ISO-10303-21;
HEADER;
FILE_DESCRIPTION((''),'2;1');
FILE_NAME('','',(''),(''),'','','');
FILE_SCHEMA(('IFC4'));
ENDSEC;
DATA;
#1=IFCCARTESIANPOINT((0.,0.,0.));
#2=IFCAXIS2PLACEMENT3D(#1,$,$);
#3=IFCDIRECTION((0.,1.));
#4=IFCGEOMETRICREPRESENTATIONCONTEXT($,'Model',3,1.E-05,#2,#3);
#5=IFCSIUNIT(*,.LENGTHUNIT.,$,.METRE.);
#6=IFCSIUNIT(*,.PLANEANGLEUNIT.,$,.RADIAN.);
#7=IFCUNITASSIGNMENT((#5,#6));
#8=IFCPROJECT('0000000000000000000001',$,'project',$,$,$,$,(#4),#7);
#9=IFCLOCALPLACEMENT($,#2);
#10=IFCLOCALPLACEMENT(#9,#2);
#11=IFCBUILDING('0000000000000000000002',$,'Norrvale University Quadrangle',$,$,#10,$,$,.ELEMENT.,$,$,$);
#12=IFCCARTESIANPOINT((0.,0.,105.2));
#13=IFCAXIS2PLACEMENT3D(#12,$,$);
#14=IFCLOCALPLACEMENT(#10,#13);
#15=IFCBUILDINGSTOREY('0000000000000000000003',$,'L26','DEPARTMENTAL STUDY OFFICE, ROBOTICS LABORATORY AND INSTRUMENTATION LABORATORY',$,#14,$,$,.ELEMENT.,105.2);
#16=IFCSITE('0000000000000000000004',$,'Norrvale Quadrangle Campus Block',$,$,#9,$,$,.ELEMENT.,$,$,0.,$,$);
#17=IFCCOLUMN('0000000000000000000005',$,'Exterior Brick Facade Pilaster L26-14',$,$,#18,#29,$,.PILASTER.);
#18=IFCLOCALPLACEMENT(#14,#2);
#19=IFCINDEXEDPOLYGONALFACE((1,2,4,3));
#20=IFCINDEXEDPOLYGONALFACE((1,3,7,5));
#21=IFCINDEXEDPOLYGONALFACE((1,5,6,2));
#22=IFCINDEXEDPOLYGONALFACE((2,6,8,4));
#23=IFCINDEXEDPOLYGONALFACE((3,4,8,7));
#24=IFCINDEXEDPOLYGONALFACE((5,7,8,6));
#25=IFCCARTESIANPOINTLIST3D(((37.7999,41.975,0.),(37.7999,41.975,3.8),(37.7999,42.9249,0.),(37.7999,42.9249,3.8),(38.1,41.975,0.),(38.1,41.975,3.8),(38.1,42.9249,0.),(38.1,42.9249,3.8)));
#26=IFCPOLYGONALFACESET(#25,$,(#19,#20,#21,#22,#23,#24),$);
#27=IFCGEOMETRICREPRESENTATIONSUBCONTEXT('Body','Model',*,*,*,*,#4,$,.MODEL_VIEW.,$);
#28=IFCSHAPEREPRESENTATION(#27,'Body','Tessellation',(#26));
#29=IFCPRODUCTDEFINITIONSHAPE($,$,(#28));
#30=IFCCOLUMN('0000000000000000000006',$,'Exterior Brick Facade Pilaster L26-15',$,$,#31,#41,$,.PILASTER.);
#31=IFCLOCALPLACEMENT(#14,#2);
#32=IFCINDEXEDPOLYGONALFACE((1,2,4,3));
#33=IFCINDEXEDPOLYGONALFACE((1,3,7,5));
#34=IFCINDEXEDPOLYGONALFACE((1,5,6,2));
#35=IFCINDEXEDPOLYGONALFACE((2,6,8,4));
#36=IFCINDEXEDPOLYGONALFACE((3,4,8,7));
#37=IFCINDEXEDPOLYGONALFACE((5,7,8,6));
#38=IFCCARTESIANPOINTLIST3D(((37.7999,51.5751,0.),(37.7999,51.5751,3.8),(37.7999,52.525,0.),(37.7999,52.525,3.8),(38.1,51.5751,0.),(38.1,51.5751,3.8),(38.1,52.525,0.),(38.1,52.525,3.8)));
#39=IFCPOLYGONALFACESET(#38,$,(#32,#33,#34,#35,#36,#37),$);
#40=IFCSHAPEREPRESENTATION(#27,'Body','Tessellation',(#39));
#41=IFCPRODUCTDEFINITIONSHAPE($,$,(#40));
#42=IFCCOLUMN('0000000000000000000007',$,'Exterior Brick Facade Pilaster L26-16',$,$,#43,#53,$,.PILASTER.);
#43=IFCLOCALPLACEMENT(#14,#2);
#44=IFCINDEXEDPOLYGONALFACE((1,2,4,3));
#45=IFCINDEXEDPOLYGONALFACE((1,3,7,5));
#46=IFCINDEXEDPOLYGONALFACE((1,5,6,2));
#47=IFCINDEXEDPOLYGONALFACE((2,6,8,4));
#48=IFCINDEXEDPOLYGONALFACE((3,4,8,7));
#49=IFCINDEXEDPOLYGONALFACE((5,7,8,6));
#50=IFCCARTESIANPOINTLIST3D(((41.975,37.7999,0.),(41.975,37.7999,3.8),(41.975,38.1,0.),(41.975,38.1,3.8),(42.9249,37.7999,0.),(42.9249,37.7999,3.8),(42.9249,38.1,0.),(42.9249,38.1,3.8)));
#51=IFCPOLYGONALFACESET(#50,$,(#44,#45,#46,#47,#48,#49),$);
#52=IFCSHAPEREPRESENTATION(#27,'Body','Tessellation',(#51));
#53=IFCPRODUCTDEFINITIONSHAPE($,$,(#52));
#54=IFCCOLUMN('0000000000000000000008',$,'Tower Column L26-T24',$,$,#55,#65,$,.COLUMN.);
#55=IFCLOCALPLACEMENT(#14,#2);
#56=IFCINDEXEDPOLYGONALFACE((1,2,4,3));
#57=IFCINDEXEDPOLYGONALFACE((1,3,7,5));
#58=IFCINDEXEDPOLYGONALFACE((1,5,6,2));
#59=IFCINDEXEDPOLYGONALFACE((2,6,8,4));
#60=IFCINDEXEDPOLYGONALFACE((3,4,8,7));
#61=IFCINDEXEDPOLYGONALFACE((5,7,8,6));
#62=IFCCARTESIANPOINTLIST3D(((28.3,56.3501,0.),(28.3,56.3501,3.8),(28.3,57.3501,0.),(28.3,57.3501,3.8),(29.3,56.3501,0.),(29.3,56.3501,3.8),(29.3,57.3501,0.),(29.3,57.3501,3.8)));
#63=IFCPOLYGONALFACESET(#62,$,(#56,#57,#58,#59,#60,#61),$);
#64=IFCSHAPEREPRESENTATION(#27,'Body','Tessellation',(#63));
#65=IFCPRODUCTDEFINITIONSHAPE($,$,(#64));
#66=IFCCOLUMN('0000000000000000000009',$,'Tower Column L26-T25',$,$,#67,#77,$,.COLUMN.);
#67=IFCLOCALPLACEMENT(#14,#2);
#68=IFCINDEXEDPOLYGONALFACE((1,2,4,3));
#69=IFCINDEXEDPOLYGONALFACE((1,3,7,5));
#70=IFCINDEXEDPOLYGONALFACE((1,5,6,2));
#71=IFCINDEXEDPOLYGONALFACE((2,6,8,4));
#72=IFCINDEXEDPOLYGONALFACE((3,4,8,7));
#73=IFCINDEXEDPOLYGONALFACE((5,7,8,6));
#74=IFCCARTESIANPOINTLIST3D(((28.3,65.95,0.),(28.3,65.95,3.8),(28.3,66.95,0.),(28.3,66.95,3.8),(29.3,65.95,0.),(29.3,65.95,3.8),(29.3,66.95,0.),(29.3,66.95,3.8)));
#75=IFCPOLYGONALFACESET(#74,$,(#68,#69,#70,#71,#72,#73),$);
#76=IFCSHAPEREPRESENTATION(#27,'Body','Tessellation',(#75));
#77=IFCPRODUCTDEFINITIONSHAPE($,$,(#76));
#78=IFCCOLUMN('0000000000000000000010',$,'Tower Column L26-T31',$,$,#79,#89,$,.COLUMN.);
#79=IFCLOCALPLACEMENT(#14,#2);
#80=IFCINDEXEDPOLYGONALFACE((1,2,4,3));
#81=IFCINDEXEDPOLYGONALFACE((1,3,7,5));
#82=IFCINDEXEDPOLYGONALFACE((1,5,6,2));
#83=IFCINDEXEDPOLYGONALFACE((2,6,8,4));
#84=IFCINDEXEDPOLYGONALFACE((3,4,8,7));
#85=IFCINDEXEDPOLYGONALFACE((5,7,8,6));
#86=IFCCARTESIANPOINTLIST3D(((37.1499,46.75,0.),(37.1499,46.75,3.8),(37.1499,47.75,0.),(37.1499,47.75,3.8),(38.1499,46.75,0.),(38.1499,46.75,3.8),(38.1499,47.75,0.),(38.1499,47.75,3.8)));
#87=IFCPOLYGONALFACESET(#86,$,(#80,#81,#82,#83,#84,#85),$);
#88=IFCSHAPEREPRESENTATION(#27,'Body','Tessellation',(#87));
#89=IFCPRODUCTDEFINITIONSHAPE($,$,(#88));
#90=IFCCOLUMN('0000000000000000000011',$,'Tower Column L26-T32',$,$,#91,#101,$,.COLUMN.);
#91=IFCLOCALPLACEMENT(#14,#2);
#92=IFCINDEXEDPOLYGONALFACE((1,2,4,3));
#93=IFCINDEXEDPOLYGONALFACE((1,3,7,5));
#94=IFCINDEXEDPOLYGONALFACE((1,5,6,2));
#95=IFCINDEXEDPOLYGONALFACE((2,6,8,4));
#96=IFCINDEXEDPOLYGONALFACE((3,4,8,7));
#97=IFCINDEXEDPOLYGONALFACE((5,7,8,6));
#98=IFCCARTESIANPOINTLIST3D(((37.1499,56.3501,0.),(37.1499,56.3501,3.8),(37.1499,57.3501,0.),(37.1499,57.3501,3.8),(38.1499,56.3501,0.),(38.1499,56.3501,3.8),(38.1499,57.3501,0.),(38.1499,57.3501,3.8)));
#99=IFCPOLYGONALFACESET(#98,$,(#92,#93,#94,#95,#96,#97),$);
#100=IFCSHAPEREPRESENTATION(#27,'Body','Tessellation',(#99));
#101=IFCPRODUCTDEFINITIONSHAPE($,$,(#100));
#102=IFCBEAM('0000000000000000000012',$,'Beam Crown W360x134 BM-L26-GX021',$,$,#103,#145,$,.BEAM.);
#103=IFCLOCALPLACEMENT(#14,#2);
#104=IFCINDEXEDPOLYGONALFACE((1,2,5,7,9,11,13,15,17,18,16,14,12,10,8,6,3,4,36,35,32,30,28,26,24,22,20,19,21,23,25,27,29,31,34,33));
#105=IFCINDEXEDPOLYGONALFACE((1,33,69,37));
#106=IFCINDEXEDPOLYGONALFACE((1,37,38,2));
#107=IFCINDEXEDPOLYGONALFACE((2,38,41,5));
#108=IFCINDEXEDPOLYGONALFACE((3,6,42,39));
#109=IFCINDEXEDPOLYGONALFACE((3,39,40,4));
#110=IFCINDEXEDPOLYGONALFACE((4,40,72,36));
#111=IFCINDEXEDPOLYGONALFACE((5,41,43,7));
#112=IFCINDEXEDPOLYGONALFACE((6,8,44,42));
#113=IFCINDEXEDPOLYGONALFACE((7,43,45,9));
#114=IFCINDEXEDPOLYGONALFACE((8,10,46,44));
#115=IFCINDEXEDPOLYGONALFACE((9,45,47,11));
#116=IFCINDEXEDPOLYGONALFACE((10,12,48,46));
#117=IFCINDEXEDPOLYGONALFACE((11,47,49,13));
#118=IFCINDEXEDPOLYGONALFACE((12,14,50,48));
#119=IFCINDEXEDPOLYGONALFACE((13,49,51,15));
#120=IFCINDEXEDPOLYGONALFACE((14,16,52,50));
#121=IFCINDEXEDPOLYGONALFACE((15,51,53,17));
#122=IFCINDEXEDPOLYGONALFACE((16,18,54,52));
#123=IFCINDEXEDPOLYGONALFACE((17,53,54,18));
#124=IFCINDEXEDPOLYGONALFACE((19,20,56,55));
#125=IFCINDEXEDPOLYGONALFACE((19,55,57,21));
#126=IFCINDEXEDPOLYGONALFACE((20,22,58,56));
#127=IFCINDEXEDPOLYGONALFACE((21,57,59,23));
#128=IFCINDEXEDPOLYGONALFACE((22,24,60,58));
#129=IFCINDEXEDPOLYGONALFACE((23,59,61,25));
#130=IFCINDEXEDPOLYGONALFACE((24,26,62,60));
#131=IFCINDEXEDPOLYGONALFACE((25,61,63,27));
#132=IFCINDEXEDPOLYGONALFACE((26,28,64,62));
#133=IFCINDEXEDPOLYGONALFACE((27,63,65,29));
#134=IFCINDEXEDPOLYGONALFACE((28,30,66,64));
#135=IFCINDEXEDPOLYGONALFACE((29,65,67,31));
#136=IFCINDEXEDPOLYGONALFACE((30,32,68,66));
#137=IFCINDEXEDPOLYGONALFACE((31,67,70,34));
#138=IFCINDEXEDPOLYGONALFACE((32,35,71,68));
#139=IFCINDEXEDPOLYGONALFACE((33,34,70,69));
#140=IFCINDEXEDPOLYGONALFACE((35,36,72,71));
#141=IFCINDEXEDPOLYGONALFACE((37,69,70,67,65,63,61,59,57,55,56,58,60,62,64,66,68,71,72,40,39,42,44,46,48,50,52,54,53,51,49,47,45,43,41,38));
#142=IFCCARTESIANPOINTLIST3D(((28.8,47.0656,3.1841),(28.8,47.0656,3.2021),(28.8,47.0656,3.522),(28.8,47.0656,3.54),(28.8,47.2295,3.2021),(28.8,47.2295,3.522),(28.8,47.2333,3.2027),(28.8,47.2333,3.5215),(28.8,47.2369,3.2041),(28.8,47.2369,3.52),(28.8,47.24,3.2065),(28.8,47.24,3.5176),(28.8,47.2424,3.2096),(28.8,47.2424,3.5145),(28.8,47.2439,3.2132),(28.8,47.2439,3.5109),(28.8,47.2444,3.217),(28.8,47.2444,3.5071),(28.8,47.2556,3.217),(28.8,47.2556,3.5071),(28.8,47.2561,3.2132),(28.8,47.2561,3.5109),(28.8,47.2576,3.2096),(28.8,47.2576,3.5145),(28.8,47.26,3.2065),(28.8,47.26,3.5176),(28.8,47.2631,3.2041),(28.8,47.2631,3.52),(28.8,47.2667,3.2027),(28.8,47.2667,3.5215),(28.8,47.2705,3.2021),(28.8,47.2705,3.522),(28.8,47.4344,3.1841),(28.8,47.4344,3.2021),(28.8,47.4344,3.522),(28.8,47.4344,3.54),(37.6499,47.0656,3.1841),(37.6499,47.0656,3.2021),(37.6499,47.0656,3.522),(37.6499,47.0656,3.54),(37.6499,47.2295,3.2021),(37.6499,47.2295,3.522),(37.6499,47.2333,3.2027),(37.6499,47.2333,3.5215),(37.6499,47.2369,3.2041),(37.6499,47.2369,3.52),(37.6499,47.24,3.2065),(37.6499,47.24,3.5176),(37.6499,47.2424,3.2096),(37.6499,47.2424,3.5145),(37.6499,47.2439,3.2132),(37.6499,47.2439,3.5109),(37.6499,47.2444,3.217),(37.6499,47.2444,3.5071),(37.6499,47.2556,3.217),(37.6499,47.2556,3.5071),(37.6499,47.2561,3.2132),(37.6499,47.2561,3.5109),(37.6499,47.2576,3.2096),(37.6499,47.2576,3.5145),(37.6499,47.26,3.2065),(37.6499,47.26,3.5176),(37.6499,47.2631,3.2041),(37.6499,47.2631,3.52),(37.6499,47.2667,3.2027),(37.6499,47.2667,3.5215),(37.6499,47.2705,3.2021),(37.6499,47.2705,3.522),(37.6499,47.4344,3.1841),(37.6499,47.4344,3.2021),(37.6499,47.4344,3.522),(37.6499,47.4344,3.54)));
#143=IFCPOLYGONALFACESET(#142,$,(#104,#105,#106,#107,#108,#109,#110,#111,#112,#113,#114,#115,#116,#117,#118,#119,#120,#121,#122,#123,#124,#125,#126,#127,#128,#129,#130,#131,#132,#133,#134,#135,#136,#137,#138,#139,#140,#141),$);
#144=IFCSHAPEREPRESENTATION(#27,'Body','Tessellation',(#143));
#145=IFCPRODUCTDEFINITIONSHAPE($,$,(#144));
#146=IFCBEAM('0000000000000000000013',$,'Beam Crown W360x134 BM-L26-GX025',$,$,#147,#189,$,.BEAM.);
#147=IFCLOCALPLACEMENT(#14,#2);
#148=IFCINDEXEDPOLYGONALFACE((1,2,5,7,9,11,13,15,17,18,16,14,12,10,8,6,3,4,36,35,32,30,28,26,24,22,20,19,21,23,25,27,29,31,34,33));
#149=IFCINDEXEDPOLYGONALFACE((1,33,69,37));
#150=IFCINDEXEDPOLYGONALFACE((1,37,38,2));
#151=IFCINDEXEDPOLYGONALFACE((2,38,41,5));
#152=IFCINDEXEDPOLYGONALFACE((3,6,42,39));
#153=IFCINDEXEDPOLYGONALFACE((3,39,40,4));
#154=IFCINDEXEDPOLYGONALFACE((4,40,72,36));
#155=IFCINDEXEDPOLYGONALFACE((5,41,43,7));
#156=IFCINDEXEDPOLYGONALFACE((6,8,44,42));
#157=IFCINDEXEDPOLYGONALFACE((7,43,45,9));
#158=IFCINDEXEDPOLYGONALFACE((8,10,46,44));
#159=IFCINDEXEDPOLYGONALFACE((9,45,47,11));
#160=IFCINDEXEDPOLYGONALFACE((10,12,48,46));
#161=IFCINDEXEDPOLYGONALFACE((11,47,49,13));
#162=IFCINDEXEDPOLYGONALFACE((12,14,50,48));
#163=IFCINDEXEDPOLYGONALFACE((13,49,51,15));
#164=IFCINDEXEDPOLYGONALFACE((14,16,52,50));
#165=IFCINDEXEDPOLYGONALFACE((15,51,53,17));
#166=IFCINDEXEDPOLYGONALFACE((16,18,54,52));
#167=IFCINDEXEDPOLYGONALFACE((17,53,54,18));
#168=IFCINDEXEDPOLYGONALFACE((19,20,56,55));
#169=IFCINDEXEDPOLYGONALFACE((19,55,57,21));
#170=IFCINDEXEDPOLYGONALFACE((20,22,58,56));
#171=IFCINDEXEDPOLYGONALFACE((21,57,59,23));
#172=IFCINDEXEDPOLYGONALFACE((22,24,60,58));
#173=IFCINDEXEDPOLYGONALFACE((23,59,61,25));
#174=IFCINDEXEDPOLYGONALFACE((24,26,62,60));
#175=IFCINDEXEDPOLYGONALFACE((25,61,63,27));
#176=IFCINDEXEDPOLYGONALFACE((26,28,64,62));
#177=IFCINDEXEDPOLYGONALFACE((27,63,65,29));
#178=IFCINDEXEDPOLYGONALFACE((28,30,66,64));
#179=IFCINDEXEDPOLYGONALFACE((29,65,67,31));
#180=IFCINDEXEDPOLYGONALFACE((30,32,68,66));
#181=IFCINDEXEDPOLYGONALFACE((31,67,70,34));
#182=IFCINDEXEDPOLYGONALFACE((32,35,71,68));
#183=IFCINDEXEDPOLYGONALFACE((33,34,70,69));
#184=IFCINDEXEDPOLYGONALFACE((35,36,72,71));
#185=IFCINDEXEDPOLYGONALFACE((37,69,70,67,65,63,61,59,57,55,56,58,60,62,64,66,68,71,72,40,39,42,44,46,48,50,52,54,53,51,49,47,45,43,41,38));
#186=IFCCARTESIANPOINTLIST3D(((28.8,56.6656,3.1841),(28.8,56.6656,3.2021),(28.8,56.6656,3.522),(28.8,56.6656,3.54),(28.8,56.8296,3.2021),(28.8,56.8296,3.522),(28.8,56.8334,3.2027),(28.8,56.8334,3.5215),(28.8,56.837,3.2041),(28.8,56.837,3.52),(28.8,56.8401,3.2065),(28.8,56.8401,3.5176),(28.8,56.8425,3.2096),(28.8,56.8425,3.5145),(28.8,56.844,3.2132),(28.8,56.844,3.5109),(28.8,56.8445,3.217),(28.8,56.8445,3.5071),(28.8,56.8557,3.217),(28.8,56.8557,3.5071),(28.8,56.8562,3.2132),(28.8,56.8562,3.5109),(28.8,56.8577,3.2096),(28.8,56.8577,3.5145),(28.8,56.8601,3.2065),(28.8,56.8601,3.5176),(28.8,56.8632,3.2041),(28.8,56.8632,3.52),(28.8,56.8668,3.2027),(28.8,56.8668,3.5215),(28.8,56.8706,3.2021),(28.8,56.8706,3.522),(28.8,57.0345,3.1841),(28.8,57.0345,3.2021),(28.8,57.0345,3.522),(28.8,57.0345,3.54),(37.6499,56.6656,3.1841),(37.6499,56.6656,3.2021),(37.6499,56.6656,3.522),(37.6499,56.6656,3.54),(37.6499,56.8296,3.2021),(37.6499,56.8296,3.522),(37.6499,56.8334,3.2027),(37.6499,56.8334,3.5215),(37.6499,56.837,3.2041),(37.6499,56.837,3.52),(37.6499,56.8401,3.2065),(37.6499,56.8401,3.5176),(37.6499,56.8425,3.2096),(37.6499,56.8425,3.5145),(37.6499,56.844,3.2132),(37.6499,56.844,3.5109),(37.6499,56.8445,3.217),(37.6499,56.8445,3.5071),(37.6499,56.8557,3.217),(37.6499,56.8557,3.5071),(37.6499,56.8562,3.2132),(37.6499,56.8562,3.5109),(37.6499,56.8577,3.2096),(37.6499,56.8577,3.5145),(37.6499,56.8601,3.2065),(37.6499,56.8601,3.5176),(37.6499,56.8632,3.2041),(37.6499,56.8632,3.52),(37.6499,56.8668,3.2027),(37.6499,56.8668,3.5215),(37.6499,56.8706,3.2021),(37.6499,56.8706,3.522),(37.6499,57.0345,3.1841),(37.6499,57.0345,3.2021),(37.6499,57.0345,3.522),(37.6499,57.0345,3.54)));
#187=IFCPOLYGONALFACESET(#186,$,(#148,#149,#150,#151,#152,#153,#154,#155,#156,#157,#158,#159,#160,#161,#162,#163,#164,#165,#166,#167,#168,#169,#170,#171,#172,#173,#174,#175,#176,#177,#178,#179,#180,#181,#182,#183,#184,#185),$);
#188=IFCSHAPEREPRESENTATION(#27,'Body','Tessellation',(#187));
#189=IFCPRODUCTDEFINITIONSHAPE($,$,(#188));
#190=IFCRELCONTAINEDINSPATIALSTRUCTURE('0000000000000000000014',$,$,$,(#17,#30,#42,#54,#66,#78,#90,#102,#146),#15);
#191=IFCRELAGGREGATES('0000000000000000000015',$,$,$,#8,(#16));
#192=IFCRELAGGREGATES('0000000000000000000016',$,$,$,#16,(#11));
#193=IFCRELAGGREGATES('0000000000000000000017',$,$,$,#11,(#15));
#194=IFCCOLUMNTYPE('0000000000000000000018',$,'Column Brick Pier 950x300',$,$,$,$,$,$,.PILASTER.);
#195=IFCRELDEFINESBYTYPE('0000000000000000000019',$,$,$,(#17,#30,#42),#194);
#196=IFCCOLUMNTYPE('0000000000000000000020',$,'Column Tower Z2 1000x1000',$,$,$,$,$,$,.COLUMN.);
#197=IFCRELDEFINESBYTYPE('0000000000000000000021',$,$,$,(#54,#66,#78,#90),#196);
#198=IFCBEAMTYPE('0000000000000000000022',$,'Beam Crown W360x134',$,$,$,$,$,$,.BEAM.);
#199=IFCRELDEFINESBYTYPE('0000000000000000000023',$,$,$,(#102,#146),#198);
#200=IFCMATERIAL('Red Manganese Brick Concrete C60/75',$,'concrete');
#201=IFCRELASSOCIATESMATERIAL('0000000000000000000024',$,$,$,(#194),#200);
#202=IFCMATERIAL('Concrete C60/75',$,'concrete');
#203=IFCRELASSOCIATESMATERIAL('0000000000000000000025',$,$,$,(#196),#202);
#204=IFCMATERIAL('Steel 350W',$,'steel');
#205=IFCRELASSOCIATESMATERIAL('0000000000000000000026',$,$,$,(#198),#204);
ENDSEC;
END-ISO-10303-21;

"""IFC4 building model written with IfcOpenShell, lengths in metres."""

from ifc_helpers import new_model, si_unit, direction, frame, origin, origin_2d, place, context, subcontext, project, spatial, rectangle, i_section, extrude, material, material_profile, profile_set, type_object, element, save


model = new_model("IFC4")

# Units and contexts
model_context = context("Model", 3, precision=1e-05, world=origin(), true_north=direction((0.0, 1.0)))
body_context = subcontext(model_context, "Body", "Model", "MODEL_VIEW")
ifc_project = project(units=[si_unit("LENGTHUNIT", "METRE"), si_unit("PLANEANGLEUNIT", "RADIAN")], contexts=[model_context])

# Site, building, storey
site_placement = place(None, origin())
site = spatial("IfcSite", under=ifc_project, at=site_placement, Name="Norrvale Quadrangle Campus Block", CompositionType="ELEMENT", RefElevation=0.0)
building_placement = place(site_placement, origin())
building = spatial("IfcBuilding", under=site, at=building_placement, Name="Norrvale University Quadrangle", CompositionType="ELEMENT")
storey_placement = place(building_placement, frame((0.0, 0.0, 105.2)))
storey = spatial("IfcBuildingStorey", under=building, at=storey_placement, Name="L26", Description="DEPARTMENTAL STUDY OFFICE, ROBOTICS LABORATORY AND INSTRUMENTATION LABORATORY", CompositionType="ELEMENT", Elevation=105.2)

# Columns
ifc_material_1 = material(Name="Red Manganese Brick Concrete C60/75", Category="concrete")
ifc_material_profile_1 = material_profile(ifc_material_1, rectangle(XDim=0.95, YDim=0.3, at=origin_2d()), Name="Red Manganese Brick Concrete C60/75")
ifc_profile_set_1 = profile_set([ifc_material_profile_1], Name="Red Manganese Brick Concrete C60/75")
column_type_1 = type_object("IfcColumnType", Name="Column Brick Pier 950x300", PredefinedType="PILASTER", material=ifc_profile_set_1)
for number, where, z_axis, x_axis, name in (
    (1, (37.95, 42.45, 0.0), (0.0, 0.0, 1.0), (0.0, 1.0, 0.0), "Exterior Brick Facade Pilaster L26-14"),
    (2, (37.95, 52.05, 0.0), (0.0, 0.0, 1.0), (0.0, 1.0, 0.0), "Exterior Brick Facade Pilaster L26-15"),
    (3, (42.45, 37.95, 0.0), (0.0, 0.0, 1.0), (1.0, 0.0, 0.0), "Exterior Brick Facade Pilaster L26-16"),
):
    element("IfcColumn", number, at=place(storey_placement, frame(where, z_axis=z_axis, x_axis=x_axis)), inside=storey, type_object=column_type_1, Name=name, PredefinedType="PILASTER", context=body_context, shape_type="SweptSolid", body=[
        extrude(rectangle(XDim=0.95, YDim=0.3, at=origin_2d()), origin(), (0.0, 0.0, 1.0), 3.8),
    ])
ifc_material_2 = material(Name="Concrete C60/75", Category="concrete")
ifc_material_profile_2 = material_profile(ifc_material_2, rectangle(XDim=1.0, YDim=1.0, at=origin_2d()), Name="Concrete C60/75")
ifc_profile_set_2 = profile_set([ifc_material_profile_2], Name="Concrete C60/75")
column_type_2 = type_object("IfcColumnType", Name="Column Tower Z2 1000x1000", PredefinedType="COLUMN", material=ifc_profile_set_2)
for number, where, z_axis, x_axis, name in (
    (4, (28.8, 56.8501, 0.0), (0.0, 0.0, 1.0), (1.0, 0.0, 0.0), "Tower Column L26-T24"),
    (5, (28.8, 66.45, 0.0), (0.0, 0.0, 1.0), (1.0, 0.0, 0.0), "Tower Column L26-T25"),
    (6, (37.6499, 47.25, 0.0), (0.0, 0.0, 1.0), (1.0, 0.0, 0.0), "Tower Column L26-T31"),
    (7, (37.6499, 56.8501, 0.0), (0.0, 0.0, 1.0), (1.0, 0.0, 0.0), "Tower Column L26-T32"),
):
    element("IfcColumn", number, at=place(storey_placement, frame(where, z_axis=z_axis, x_axis=x_axis)), inside=storey, type_object=column_type_2, Name=name, PredefinedType="COLUMN", context=body_context, shape_type="SweptSolid", body=[
        extrude(rectangle(XDim=1.0, YDim=1.0, at=origin_2d()), origin(), (0.0, 0.0, 1.0), 3.8),
    ])

# Beams
ifc_material_3 = material(Name="Steel 350W", Category="steel")
ifc_material_profile_3 = material_profile(ifc_material_3, i_section(OverallWidth=0.3689, OverallDepth=0.356, WebThickness=0.0112, FlangeThickness=0.0181, FilletRadius=0.0149, at=origin_2d()), Name="Steel 350W")
ifc_profile_set_3 = profile_set([ifc_material_profile_3], Name="Steel 350W")
beam_type_1 = type_object("IfcBeamType", Name="Beam Crown W360x134", PredefinedType="BEAM", material=ifc_profile_set_3)
for number, where, z_axis, x_axis, name in (
    (8, (28.8, 47.25, 3.3621), (1.0, 0.0, 0.0), (0.0, 1.0, 0.0), "Beam Crown W360x134 BM-L26-GX021"),
    (9, (28.8, 56.8501, 3.3621), (1.0, 0.0, 0.0), (0.0, 1.0, 0.0), "Beam Crown W360x134 BM-L26-GX025"),
):
    element("IfcBeam", number, at=place(storey_placement, frame(where, z_axis=z_axis, x_axis=x_axis)), inside=storey, type_object=beam_type_1, Name=name, PredefinedType="BEAM", context=body_context, shape_type="SweptSolid", body=[
        extrude(i_section(OverallWidth=0.3689, OverallDepth=0.356, WebThickness=0.0112, FlangeThickness=0.0181, FilletRadius=0.0149, at=origin_2d()), origin(), (0.0, 0.0, 1.0), 8.8499),
    ])

save(model, "model.ifc")
